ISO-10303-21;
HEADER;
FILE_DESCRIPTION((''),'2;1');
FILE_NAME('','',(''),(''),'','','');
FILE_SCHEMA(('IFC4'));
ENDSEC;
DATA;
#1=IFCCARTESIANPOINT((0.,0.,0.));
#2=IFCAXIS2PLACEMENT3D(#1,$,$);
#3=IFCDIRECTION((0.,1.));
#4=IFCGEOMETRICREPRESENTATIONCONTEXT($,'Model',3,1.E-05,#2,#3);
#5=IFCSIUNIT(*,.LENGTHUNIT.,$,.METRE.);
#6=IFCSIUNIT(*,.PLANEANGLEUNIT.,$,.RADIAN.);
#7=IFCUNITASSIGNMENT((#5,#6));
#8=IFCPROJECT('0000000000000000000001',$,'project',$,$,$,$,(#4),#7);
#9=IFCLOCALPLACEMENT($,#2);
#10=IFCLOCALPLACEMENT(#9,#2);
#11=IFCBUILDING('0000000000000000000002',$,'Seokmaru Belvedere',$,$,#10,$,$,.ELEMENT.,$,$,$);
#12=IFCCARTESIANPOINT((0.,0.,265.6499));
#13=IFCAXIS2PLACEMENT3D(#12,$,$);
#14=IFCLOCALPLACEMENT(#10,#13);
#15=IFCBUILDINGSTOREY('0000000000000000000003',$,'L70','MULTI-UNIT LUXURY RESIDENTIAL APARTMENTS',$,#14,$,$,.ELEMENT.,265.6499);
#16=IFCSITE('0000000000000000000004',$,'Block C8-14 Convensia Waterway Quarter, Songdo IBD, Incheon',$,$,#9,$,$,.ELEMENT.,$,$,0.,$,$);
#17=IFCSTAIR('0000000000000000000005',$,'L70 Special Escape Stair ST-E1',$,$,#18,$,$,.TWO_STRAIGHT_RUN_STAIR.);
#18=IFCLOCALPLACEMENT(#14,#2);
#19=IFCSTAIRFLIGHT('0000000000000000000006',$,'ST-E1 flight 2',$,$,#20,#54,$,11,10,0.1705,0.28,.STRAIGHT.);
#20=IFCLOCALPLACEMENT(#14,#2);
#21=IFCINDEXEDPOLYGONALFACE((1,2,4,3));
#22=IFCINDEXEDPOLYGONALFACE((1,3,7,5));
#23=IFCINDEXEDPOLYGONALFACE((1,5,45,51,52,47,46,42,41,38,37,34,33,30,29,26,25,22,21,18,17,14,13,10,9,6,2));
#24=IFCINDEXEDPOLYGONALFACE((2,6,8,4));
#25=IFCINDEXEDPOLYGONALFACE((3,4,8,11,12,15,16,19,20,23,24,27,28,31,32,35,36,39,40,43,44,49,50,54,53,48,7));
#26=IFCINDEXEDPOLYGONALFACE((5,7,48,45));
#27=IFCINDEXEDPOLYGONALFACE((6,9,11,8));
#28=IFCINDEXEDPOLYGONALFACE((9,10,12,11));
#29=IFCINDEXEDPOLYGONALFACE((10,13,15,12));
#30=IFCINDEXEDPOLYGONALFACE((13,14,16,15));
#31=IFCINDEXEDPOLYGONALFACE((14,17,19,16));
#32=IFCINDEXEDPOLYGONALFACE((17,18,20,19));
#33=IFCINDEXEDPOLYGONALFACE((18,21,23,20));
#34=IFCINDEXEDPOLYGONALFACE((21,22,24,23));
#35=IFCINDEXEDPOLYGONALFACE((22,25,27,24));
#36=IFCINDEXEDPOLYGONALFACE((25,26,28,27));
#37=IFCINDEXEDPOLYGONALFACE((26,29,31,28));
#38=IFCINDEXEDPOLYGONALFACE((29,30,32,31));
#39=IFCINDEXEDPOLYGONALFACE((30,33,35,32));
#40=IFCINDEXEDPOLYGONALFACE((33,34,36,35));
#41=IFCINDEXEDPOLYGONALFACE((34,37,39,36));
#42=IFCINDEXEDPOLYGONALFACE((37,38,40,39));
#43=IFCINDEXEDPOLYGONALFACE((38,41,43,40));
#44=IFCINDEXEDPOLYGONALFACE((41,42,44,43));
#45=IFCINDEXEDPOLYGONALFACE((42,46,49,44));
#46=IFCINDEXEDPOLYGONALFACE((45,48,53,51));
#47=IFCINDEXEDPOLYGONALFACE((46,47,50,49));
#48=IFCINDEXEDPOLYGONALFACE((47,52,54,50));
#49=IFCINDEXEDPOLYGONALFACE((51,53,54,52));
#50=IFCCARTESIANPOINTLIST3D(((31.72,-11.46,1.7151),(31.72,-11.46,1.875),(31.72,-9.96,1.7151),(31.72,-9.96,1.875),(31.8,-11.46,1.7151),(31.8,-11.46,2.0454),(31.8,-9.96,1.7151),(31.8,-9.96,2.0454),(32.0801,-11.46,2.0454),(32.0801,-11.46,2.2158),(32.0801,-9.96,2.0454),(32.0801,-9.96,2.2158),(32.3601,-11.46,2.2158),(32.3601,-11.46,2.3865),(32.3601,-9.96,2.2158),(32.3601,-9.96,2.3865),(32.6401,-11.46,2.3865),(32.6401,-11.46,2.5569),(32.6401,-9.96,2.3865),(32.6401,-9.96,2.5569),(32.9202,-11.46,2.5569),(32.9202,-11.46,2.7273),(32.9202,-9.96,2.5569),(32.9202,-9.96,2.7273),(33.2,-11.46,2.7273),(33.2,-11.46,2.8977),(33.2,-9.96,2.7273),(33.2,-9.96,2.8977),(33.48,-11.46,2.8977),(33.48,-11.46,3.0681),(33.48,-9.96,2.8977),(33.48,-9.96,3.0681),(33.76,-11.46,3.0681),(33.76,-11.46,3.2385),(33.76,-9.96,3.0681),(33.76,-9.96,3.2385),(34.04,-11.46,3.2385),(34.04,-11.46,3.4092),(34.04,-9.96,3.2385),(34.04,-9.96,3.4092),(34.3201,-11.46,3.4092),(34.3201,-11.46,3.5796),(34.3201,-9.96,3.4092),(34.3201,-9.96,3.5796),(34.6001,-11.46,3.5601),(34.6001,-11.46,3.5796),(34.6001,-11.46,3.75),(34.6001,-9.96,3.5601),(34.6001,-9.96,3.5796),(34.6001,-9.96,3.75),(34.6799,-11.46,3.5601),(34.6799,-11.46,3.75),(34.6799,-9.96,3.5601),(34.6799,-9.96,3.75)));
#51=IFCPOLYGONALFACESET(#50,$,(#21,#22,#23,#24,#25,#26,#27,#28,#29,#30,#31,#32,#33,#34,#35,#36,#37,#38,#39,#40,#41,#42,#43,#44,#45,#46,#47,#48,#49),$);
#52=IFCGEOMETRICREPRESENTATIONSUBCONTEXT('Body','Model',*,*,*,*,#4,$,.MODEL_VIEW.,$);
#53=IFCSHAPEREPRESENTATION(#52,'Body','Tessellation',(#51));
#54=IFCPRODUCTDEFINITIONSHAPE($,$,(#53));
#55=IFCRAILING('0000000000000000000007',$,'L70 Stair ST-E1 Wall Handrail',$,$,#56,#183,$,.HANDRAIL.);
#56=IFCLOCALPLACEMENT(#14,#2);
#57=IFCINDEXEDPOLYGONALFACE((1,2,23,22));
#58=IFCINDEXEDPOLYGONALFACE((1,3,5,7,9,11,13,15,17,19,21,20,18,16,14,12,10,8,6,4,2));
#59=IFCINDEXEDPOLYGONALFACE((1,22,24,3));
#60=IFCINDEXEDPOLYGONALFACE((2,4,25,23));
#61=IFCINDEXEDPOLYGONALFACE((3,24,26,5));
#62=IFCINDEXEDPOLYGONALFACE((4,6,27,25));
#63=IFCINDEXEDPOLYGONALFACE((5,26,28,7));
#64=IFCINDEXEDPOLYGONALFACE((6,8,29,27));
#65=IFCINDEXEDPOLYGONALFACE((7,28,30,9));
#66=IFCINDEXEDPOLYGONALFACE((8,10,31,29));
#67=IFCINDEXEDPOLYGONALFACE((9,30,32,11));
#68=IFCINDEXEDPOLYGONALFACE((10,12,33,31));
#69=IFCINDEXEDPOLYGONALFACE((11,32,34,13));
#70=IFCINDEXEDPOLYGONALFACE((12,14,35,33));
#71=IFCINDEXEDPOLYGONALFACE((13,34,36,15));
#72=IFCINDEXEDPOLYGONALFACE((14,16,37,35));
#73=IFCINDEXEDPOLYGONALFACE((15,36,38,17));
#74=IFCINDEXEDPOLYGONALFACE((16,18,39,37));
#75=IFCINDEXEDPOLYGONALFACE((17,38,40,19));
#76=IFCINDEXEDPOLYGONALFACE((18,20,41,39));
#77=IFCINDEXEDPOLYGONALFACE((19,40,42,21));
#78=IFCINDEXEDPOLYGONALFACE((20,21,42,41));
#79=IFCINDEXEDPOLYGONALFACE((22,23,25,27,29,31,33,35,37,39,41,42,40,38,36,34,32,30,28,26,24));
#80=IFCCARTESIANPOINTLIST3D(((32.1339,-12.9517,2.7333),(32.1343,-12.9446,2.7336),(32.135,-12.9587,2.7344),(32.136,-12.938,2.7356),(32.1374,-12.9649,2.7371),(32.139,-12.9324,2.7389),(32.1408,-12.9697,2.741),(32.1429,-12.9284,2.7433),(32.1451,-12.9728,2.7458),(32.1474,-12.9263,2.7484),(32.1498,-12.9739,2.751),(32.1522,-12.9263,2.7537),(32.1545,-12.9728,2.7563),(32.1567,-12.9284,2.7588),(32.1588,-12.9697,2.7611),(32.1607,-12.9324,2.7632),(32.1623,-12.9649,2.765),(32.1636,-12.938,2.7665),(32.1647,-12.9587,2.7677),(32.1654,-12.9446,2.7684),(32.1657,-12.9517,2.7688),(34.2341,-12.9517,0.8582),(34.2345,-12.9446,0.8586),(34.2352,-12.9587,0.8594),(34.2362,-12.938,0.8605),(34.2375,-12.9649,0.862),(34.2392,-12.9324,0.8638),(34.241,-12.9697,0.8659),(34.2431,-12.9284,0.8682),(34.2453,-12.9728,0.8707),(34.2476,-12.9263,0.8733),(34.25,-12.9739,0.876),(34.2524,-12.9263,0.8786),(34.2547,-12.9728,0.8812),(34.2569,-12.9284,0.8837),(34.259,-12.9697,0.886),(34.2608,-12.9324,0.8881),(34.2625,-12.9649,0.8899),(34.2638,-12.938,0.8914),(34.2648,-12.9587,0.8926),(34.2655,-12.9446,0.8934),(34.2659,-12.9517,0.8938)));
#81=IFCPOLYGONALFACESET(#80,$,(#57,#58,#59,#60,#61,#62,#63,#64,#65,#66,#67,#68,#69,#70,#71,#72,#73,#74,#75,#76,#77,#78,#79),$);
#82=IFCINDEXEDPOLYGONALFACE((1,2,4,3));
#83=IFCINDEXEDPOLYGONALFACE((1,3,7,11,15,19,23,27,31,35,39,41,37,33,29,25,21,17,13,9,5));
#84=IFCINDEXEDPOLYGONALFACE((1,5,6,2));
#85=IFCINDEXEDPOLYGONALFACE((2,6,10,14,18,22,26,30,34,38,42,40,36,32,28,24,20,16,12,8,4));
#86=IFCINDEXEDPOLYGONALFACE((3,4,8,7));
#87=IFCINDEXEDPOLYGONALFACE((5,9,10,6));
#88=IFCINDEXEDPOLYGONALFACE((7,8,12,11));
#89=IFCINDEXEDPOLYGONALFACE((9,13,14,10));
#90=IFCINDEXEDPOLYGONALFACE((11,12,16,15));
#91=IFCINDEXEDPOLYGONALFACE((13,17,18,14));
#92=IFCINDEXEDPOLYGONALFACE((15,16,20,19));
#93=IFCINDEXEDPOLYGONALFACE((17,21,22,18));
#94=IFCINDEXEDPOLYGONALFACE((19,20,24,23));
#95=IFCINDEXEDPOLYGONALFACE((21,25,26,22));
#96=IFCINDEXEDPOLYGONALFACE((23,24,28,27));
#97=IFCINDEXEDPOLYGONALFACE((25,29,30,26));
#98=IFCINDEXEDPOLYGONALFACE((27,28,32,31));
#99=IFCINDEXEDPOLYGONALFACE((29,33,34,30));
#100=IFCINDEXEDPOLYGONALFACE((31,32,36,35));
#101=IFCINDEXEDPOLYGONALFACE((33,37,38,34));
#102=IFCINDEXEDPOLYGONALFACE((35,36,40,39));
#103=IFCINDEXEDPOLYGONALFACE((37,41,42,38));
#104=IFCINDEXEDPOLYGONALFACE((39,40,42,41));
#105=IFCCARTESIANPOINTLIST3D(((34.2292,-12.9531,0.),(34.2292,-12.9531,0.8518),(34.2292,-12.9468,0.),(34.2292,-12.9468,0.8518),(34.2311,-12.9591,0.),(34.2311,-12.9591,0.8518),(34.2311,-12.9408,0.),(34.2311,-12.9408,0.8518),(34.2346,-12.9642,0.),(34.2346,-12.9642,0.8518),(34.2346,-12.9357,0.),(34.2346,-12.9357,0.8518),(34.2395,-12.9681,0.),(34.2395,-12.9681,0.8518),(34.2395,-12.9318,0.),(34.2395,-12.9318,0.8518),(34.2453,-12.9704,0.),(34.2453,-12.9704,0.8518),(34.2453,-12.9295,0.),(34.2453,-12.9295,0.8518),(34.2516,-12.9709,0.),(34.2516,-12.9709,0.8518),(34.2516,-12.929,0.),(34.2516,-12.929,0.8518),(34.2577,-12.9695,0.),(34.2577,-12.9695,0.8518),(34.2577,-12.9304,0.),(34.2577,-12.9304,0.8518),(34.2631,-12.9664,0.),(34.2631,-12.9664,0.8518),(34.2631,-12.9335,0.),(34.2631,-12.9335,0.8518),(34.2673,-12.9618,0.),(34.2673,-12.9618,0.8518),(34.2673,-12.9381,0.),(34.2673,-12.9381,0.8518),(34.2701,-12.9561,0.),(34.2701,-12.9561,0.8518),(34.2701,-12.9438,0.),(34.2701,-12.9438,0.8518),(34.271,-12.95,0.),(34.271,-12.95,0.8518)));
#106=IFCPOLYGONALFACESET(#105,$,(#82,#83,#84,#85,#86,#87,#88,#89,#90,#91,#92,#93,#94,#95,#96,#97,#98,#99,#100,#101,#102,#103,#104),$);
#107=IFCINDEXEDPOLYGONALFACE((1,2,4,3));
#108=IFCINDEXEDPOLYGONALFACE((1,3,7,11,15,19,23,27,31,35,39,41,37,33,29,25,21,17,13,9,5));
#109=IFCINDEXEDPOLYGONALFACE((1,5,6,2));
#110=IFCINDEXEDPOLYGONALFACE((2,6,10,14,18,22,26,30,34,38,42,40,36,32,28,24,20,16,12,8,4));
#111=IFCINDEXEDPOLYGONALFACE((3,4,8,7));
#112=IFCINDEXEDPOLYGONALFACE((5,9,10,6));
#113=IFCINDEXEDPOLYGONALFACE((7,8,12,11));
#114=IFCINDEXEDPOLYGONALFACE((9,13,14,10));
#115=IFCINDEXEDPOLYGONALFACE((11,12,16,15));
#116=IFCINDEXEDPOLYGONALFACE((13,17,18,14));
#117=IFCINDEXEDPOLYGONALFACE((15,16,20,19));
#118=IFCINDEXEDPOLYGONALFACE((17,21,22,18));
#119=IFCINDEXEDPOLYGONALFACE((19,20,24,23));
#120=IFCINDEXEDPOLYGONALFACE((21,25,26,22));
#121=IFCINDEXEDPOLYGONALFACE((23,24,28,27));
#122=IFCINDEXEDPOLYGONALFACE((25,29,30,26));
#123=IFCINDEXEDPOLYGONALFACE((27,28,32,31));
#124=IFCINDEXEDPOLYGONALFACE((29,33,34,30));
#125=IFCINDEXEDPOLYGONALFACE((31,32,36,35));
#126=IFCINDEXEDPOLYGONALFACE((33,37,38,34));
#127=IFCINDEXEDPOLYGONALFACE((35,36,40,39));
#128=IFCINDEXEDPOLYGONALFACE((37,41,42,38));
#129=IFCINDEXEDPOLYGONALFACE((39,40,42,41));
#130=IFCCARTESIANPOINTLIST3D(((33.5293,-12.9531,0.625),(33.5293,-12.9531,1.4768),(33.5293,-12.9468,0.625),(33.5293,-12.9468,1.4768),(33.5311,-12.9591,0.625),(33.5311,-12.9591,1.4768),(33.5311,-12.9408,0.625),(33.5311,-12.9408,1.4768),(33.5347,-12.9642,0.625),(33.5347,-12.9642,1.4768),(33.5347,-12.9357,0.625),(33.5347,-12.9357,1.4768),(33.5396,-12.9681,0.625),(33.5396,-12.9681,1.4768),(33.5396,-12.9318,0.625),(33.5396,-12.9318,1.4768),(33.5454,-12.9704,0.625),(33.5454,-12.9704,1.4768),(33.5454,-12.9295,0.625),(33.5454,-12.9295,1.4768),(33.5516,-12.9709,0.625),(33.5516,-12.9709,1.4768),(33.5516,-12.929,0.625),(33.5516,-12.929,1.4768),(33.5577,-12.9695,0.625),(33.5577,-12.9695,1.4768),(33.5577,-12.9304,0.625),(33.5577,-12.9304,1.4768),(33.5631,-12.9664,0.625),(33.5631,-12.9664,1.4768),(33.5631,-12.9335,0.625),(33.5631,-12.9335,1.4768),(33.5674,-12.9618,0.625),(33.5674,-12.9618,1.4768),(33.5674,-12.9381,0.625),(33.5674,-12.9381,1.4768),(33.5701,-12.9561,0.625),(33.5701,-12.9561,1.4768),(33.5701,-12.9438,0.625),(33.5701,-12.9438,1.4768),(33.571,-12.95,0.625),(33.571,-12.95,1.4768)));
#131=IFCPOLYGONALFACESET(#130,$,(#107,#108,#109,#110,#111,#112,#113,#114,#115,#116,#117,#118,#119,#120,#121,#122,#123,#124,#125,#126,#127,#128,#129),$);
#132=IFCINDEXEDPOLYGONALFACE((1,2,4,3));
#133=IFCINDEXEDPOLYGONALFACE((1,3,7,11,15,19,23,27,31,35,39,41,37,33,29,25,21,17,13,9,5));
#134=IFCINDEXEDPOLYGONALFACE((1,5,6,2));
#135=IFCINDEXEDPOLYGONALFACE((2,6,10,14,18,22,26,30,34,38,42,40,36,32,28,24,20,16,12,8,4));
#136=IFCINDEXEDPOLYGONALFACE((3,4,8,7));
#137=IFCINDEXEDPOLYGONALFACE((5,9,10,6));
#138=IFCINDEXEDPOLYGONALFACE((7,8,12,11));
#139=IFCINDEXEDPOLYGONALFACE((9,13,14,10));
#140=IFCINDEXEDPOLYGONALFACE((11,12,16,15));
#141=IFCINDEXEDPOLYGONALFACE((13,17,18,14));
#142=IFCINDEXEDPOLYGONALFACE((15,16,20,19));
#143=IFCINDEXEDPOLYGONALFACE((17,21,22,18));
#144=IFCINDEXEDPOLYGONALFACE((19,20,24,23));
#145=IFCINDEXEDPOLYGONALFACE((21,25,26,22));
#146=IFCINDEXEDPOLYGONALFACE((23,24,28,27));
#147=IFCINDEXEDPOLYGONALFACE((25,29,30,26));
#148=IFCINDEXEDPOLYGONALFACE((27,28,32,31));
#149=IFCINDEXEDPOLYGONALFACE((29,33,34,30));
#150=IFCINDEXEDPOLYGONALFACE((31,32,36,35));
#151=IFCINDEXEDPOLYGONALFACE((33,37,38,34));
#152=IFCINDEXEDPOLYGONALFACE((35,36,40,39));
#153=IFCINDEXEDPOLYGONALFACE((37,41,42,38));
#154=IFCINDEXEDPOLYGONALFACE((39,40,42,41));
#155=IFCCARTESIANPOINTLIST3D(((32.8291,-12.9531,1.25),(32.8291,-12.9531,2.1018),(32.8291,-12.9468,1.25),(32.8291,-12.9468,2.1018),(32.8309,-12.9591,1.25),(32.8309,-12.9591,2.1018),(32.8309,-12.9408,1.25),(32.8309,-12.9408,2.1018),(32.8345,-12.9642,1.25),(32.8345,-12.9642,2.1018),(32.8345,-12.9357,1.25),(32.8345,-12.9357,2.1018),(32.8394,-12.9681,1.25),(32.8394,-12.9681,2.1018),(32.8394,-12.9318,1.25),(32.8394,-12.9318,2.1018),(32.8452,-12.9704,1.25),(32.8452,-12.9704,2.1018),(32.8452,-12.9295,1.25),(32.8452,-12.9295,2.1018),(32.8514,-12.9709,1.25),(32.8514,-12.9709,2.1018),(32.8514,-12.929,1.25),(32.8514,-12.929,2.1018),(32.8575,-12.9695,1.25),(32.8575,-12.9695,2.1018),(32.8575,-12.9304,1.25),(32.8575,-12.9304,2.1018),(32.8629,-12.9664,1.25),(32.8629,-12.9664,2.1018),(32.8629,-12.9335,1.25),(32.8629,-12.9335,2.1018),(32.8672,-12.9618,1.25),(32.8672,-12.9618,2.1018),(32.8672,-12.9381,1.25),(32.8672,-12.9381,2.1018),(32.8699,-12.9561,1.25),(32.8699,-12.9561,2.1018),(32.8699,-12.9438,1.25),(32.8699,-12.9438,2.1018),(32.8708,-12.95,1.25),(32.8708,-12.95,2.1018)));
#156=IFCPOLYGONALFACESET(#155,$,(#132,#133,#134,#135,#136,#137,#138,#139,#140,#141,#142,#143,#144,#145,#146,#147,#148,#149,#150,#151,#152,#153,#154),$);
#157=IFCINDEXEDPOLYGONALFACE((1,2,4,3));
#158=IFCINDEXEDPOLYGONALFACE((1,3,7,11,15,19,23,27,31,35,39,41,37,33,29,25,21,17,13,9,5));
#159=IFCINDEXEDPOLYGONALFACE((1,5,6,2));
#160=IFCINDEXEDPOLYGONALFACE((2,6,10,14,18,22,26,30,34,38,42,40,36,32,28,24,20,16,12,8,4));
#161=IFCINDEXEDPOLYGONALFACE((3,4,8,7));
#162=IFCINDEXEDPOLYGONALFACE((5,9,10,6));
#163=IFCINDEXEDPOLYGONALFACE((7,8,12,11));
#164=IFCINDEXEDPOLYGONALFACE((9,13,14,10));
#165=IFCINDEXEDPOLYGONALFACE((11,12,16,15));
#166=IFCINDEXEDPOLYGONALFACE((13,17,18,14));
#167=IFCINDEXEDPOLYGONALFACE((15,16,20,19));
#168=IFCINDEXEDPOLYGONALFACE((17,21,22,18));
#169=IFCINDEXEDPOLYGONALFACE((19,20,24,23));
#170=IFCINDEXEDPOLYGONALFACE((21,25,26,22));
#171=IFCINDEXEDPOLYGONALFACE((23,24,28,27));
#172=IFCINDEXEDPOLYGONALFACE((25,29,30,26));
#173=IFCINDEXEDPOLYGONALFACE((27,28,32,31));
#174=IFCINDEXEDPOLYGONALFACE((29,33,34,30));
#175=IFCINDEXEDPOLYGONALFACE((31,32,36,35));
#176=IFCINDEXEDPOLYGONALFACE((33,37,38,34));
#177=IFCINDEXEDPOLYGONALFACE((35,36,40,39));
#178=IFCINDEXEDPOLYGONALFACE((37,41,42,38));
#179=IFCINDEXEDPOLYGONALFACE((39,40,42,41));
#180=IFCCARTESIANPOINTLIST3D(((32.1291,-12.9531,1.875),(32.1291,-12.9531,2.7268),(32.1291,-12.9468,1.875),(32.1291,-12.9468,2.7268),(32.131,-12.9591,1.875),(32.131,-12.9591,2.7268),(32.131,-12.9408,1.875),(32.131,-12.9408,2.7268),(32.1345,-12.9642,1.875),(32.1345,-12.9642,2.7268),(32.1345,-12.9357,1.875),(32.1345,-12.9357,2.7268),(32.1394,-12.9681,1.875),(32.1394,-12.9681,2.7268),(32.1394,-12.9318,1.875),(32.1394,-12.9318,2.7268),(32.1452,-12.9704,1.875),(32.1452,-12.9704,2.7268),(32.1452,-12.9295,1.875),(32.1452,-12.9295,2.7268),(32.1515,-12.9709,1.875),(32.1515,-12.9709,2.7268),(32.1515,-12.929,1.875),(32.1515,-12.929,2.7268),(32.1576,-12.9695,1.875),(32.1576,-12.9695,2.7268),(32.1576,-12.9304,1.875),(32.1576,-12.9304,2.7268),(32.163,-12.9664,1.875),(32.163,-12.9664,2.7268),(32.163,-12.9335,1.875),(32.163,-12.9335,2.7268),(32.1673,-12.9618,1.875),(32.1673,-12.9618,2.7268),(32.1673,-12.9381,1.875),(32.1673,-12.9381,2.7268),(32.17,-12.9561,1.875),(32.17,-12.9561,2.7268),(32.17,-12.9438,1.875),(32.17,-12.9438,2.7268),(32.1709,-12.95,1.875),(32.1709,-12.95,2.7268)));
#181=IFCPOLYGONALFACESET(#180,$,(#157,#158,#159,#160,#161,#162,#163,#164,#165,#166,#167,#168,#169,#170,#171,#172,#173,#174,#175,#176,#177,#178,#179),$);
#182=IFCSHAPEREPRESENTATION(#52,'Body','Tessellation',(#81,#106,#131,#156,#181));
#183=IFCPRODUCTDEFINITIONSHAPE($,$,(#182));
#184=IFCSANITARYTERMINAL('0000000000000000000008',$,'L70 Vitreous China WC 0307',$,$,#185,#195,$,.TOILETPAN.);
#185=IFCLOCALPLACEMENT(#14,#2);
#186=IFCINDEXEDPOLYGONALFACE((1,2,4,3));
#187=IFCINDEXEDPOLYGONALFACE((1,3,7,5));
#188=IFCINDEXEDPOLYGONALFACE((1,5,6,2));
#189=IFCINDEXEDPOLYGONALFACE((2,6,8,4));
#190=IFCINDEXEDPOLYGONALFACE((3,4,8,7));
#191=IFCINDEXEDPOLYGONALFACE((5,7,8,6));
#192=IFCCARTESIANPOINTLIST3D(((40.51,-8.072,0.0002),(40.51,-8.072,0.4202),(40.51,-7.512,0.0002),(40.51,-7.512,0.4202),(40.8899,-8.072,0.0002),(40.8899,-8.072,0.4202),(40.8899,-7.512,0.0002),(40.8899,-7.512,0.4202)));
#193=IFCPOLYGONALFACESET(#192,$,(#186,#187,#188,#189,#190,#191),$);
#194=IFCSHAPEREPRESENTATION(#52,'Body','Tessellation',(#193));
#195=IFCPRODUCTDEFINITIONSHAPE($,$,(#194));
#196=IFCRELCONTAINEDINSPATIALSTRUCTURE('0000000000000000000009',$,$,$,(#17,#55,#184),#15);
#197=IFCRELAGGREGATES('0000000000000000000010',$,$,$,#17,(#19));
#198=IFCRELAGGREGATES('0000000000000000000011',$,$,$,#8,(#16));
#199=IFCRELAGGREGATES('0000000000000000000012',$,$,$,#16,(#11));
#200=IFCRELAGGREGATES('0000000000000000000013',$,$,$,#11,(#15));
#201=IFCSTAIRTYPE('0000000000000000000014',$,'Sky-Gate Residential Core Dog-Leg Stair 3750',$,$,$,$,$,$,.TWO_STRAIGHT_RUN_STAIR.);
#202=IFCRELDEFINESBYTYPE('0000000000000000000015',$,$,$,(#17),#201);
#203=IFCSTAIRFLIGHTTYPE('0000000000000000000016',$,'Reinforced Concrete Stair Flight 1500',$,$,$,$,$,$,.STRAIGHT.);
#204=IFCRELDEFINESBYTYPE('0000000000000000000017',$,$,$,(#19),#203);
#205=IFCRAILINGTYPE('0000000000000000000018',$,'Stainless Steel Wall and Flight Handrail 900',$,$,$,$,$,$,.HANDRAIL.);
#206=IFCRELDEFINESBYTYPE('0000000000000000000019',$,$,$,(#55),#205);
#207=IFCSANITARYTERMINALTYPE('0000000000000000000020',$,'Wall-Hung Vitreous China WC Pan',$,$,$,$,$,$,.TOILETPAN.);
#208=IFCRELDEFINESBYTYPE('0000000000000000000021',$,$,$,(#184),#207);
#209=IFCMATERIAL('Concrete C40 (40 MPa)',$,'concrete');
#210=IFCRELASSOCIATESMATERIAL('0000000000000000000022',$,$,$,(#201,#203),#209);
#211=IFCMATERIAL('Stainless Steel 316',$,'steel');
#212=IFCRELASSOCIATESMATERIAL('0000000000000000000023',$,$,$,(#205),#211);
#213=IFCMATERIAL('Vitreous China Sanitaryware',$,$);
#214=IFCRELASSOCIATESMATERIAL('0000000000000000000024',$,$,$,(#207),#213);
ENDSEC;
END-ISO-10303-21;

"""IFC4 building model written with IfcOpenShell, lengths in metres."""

from ifc_helpers import new_model, si_unit, direction, frame, origin, origin_2d, place, context, subcontext, project, spatial, polyline, rectangle, circle, outline, extrude, source, transform, mapped, material, type_object, type_shapes, element, aggregate, save


model = new_model("IFC4")

# Units and contexts
model_context = context("Model", 3, precision=1e-05, world=origin(), true_north=direction((0.0, 1.0)))
body_context = subcontext(model_context, "Body", "Model", "MODEL_VIEW")
ifc_project = project(units=[si_unit("LENGTHUNIT", "METRE"), si_unit("PLANEANGLEUNIT", "RADIAN")], contexts=[model_context])

# Site, building, storey
site_placement = place(None, origin())
site = spatial("IfcSite", under=ifc_project, at=site_placement, Name="Block C8-14 Convensia Waterway Quarter, Songdo IBD, Incheon", CompositionType="ELEMENT", RefElevation=0.0)
building_placement = place(site_placement, origin())
building = spatial("IfcBuilding", under=site, at=building_placement, Name="Seokmaru Belvedere", CompositionType="ELEMENT")
storey_placement = place(building_placement, frame((0.0, 0.0, 265.6499)))
storey = spatial("IfcBuildingStorey", under=building, at=storey_placement, Name="L70", Description="MULTI-UNIT LUXURY RESIDENTIAL APARTMENTS", CompositionType="ELEMENT", Elevation=265.6499)

# Shared definitions
ifc_material_1 = material(Name="Stainless Steel 316", Category="steel")

# Stair, stair flight
ifc_material_2 = material(Name="Concrete C40 (40 MPa)", Category="concrete")
stair_type = type_object("IfcStairType", Name="Sky-Gate Residential Core Dog-Leg Stair 3750", PredefinedType="TWO_STRAIGHT_RUN_STAIR", material=ifc_material_2)
stair_placement = place(storey_placement, origin())
stair = element("IfcStair", 1, at=stair_placement, inside=storey, type_object=stair_type, Name="L70 Special Escape Stair ST-E1", PredefinedType="TWO_STRAIGHT_RUN_STAIR")
stair_flight_type = type_object("IfcStairFlightType", Name="Reinforced Concrete Stair Flight 1500", PredefinedType="STRAIGHT", material=ifc_material_2)
stair_flight_1_placement = place(storey_placement, frame((31.8, -10.71, 1.875), z_axis=(0.0, 0.0, 1.0), x_axis=(1.0, 0.0, 0.0)))
stair_flight_1 = element("IfcStairFlight", 2, at=stair_flight_1_placement, type_object=stair_flight_type, Name="ST-E1 flight 2", NumberOfRisers=11, NumberOfTreads=10, PredefinedType="STRAIGHT", RiserHeight=0.1705, TreadLength=0.28, context=body_context, shape_type="SweptSolid", body=[
    extrude(outline(polyline([(-0.0801, 0.0), (0.0, 0.1704), (0.28, 0.1704), (0.28, 0.3408), (0.5601, 0.3408), (0.5601, 0.5115), (0.8401, 0.5115), (0.8401, 0.6819), (1.1201, 0.6819), (1.1201, 0.8523), (1.3999, 0.8523), (1.3999, 1.0227), (1.6799, 1.0227), (1.6799, 1.1931), (1.96, 1.1931), (1.96, 1.3635), (2.24, 1.3635), (2.24, 1.5342), (2.52, 1.5342), (2.52, 1.7046), (2.8, 1.7046), (2.8, 1.875), (2.8799, 1.875), (2.8799, 1.6851), (2.8, 1.6851), (0.0, -0.1599), (-0.0801, -0.1599), (-0.0801, 0.0)])), frame((0.0, 0.75, 0.0), z_axis=(0.0, -1.0, 0.0), x_axis=(1.0, 0.0, 0.0)), (0.0, 0.0, 1.0), 1.5),
])
aggregate(stair, [stair_flight_1])

# Railing
railing_type_1 = type_object("IfcRailingType", Name="Stainless Steel Wall and Flight Handrail 900", PredefinedType="HANDRAIL", material=ifc_material_1)
railing_1_placement = place(storey_placement, frame((34.25, -12.95, 0.0)))
element("IfcRailing", 3, at=railing_1_placement, inside=storey, type_object=railing_type_1, Name="L70 Stair ST-E1 Wall Handrail", PredefinedType="HANDRAIL", context=body_context, shape_type="SweptSolid", body=[
    extrude(circle(Radius=0.0239, at=origin_2d()), frame((0.0, 0.0, 0.876), z_axis=(-0.745953, 0.0, 0.665999), x_axis=(0.0, -1.0, 0.0)), (0.0, 0.0, 1.0), 2.8154),
    extrude(circle(Radius=0.021, at=origin_2d()), origin(), (0.0, 0.0, 1.0), 0.8518),
    extrude(circle(Radius=0.021, at=origin_2d()), frame((-0.7, 0.0, 0.625)), (0.0, 0.0, 1.0), 0.8518),
    extrude(circle(Radius=0.021, at=origin_2d()), frame((-1.4001, 0.0, 1.25)), (0.0, 0.0, 1.0), 0.8518),
    extrude(circle(Radius=0.021, at=origin_2d()), frame((-2.1001, 0.0, 1.875)), (0.0, 0.0, 1.0), 0.8518),
])

# Sanitary terminal
ifc_material_3 = material(Name="Vitreous China Sanitaryware")
sanitary_terminal_type_1 = type_object("IfcSanitaryTerminalType", Name="Wall-Hung Vitreous China WC Pan", PredefinedType="TOILETPAN", material=ifc_material_3)
shared_shape_1 = source(origin(), body_context, "Body", "SweptSolid", [
    extrude(rectangle(XDim=0.3799, YDim=0.5601, at=origin_2d()), origin(), (0.0, 0.0, 1.0), 0.4199),
])
type_shapes(sanitary_terminal_type_1, [shared_shape_1])
sanitary_terminal_1_placement = place(storey_placement, frame((40.7, -7.792, 0.0002), z_axis=(0.0, 0.0, 1.0), x_axis=(1.0, 0.0, 0.0)))
element("IfcSanitaryTerminal", 4, at=sanitary_terminal_1_placement, inside=storey, type_object=sanitary_terminal_type_1, Name="L70 Vitreous China WC 0307", PredefinedType="TOILETPAN", context=body_context, shape_type="MappedRepresentation", body=[
    mapped(shared_shape_1, transform((0.0, 0.0, 0.0), scale=1.0)),
])

save(model, "model.ifc")
